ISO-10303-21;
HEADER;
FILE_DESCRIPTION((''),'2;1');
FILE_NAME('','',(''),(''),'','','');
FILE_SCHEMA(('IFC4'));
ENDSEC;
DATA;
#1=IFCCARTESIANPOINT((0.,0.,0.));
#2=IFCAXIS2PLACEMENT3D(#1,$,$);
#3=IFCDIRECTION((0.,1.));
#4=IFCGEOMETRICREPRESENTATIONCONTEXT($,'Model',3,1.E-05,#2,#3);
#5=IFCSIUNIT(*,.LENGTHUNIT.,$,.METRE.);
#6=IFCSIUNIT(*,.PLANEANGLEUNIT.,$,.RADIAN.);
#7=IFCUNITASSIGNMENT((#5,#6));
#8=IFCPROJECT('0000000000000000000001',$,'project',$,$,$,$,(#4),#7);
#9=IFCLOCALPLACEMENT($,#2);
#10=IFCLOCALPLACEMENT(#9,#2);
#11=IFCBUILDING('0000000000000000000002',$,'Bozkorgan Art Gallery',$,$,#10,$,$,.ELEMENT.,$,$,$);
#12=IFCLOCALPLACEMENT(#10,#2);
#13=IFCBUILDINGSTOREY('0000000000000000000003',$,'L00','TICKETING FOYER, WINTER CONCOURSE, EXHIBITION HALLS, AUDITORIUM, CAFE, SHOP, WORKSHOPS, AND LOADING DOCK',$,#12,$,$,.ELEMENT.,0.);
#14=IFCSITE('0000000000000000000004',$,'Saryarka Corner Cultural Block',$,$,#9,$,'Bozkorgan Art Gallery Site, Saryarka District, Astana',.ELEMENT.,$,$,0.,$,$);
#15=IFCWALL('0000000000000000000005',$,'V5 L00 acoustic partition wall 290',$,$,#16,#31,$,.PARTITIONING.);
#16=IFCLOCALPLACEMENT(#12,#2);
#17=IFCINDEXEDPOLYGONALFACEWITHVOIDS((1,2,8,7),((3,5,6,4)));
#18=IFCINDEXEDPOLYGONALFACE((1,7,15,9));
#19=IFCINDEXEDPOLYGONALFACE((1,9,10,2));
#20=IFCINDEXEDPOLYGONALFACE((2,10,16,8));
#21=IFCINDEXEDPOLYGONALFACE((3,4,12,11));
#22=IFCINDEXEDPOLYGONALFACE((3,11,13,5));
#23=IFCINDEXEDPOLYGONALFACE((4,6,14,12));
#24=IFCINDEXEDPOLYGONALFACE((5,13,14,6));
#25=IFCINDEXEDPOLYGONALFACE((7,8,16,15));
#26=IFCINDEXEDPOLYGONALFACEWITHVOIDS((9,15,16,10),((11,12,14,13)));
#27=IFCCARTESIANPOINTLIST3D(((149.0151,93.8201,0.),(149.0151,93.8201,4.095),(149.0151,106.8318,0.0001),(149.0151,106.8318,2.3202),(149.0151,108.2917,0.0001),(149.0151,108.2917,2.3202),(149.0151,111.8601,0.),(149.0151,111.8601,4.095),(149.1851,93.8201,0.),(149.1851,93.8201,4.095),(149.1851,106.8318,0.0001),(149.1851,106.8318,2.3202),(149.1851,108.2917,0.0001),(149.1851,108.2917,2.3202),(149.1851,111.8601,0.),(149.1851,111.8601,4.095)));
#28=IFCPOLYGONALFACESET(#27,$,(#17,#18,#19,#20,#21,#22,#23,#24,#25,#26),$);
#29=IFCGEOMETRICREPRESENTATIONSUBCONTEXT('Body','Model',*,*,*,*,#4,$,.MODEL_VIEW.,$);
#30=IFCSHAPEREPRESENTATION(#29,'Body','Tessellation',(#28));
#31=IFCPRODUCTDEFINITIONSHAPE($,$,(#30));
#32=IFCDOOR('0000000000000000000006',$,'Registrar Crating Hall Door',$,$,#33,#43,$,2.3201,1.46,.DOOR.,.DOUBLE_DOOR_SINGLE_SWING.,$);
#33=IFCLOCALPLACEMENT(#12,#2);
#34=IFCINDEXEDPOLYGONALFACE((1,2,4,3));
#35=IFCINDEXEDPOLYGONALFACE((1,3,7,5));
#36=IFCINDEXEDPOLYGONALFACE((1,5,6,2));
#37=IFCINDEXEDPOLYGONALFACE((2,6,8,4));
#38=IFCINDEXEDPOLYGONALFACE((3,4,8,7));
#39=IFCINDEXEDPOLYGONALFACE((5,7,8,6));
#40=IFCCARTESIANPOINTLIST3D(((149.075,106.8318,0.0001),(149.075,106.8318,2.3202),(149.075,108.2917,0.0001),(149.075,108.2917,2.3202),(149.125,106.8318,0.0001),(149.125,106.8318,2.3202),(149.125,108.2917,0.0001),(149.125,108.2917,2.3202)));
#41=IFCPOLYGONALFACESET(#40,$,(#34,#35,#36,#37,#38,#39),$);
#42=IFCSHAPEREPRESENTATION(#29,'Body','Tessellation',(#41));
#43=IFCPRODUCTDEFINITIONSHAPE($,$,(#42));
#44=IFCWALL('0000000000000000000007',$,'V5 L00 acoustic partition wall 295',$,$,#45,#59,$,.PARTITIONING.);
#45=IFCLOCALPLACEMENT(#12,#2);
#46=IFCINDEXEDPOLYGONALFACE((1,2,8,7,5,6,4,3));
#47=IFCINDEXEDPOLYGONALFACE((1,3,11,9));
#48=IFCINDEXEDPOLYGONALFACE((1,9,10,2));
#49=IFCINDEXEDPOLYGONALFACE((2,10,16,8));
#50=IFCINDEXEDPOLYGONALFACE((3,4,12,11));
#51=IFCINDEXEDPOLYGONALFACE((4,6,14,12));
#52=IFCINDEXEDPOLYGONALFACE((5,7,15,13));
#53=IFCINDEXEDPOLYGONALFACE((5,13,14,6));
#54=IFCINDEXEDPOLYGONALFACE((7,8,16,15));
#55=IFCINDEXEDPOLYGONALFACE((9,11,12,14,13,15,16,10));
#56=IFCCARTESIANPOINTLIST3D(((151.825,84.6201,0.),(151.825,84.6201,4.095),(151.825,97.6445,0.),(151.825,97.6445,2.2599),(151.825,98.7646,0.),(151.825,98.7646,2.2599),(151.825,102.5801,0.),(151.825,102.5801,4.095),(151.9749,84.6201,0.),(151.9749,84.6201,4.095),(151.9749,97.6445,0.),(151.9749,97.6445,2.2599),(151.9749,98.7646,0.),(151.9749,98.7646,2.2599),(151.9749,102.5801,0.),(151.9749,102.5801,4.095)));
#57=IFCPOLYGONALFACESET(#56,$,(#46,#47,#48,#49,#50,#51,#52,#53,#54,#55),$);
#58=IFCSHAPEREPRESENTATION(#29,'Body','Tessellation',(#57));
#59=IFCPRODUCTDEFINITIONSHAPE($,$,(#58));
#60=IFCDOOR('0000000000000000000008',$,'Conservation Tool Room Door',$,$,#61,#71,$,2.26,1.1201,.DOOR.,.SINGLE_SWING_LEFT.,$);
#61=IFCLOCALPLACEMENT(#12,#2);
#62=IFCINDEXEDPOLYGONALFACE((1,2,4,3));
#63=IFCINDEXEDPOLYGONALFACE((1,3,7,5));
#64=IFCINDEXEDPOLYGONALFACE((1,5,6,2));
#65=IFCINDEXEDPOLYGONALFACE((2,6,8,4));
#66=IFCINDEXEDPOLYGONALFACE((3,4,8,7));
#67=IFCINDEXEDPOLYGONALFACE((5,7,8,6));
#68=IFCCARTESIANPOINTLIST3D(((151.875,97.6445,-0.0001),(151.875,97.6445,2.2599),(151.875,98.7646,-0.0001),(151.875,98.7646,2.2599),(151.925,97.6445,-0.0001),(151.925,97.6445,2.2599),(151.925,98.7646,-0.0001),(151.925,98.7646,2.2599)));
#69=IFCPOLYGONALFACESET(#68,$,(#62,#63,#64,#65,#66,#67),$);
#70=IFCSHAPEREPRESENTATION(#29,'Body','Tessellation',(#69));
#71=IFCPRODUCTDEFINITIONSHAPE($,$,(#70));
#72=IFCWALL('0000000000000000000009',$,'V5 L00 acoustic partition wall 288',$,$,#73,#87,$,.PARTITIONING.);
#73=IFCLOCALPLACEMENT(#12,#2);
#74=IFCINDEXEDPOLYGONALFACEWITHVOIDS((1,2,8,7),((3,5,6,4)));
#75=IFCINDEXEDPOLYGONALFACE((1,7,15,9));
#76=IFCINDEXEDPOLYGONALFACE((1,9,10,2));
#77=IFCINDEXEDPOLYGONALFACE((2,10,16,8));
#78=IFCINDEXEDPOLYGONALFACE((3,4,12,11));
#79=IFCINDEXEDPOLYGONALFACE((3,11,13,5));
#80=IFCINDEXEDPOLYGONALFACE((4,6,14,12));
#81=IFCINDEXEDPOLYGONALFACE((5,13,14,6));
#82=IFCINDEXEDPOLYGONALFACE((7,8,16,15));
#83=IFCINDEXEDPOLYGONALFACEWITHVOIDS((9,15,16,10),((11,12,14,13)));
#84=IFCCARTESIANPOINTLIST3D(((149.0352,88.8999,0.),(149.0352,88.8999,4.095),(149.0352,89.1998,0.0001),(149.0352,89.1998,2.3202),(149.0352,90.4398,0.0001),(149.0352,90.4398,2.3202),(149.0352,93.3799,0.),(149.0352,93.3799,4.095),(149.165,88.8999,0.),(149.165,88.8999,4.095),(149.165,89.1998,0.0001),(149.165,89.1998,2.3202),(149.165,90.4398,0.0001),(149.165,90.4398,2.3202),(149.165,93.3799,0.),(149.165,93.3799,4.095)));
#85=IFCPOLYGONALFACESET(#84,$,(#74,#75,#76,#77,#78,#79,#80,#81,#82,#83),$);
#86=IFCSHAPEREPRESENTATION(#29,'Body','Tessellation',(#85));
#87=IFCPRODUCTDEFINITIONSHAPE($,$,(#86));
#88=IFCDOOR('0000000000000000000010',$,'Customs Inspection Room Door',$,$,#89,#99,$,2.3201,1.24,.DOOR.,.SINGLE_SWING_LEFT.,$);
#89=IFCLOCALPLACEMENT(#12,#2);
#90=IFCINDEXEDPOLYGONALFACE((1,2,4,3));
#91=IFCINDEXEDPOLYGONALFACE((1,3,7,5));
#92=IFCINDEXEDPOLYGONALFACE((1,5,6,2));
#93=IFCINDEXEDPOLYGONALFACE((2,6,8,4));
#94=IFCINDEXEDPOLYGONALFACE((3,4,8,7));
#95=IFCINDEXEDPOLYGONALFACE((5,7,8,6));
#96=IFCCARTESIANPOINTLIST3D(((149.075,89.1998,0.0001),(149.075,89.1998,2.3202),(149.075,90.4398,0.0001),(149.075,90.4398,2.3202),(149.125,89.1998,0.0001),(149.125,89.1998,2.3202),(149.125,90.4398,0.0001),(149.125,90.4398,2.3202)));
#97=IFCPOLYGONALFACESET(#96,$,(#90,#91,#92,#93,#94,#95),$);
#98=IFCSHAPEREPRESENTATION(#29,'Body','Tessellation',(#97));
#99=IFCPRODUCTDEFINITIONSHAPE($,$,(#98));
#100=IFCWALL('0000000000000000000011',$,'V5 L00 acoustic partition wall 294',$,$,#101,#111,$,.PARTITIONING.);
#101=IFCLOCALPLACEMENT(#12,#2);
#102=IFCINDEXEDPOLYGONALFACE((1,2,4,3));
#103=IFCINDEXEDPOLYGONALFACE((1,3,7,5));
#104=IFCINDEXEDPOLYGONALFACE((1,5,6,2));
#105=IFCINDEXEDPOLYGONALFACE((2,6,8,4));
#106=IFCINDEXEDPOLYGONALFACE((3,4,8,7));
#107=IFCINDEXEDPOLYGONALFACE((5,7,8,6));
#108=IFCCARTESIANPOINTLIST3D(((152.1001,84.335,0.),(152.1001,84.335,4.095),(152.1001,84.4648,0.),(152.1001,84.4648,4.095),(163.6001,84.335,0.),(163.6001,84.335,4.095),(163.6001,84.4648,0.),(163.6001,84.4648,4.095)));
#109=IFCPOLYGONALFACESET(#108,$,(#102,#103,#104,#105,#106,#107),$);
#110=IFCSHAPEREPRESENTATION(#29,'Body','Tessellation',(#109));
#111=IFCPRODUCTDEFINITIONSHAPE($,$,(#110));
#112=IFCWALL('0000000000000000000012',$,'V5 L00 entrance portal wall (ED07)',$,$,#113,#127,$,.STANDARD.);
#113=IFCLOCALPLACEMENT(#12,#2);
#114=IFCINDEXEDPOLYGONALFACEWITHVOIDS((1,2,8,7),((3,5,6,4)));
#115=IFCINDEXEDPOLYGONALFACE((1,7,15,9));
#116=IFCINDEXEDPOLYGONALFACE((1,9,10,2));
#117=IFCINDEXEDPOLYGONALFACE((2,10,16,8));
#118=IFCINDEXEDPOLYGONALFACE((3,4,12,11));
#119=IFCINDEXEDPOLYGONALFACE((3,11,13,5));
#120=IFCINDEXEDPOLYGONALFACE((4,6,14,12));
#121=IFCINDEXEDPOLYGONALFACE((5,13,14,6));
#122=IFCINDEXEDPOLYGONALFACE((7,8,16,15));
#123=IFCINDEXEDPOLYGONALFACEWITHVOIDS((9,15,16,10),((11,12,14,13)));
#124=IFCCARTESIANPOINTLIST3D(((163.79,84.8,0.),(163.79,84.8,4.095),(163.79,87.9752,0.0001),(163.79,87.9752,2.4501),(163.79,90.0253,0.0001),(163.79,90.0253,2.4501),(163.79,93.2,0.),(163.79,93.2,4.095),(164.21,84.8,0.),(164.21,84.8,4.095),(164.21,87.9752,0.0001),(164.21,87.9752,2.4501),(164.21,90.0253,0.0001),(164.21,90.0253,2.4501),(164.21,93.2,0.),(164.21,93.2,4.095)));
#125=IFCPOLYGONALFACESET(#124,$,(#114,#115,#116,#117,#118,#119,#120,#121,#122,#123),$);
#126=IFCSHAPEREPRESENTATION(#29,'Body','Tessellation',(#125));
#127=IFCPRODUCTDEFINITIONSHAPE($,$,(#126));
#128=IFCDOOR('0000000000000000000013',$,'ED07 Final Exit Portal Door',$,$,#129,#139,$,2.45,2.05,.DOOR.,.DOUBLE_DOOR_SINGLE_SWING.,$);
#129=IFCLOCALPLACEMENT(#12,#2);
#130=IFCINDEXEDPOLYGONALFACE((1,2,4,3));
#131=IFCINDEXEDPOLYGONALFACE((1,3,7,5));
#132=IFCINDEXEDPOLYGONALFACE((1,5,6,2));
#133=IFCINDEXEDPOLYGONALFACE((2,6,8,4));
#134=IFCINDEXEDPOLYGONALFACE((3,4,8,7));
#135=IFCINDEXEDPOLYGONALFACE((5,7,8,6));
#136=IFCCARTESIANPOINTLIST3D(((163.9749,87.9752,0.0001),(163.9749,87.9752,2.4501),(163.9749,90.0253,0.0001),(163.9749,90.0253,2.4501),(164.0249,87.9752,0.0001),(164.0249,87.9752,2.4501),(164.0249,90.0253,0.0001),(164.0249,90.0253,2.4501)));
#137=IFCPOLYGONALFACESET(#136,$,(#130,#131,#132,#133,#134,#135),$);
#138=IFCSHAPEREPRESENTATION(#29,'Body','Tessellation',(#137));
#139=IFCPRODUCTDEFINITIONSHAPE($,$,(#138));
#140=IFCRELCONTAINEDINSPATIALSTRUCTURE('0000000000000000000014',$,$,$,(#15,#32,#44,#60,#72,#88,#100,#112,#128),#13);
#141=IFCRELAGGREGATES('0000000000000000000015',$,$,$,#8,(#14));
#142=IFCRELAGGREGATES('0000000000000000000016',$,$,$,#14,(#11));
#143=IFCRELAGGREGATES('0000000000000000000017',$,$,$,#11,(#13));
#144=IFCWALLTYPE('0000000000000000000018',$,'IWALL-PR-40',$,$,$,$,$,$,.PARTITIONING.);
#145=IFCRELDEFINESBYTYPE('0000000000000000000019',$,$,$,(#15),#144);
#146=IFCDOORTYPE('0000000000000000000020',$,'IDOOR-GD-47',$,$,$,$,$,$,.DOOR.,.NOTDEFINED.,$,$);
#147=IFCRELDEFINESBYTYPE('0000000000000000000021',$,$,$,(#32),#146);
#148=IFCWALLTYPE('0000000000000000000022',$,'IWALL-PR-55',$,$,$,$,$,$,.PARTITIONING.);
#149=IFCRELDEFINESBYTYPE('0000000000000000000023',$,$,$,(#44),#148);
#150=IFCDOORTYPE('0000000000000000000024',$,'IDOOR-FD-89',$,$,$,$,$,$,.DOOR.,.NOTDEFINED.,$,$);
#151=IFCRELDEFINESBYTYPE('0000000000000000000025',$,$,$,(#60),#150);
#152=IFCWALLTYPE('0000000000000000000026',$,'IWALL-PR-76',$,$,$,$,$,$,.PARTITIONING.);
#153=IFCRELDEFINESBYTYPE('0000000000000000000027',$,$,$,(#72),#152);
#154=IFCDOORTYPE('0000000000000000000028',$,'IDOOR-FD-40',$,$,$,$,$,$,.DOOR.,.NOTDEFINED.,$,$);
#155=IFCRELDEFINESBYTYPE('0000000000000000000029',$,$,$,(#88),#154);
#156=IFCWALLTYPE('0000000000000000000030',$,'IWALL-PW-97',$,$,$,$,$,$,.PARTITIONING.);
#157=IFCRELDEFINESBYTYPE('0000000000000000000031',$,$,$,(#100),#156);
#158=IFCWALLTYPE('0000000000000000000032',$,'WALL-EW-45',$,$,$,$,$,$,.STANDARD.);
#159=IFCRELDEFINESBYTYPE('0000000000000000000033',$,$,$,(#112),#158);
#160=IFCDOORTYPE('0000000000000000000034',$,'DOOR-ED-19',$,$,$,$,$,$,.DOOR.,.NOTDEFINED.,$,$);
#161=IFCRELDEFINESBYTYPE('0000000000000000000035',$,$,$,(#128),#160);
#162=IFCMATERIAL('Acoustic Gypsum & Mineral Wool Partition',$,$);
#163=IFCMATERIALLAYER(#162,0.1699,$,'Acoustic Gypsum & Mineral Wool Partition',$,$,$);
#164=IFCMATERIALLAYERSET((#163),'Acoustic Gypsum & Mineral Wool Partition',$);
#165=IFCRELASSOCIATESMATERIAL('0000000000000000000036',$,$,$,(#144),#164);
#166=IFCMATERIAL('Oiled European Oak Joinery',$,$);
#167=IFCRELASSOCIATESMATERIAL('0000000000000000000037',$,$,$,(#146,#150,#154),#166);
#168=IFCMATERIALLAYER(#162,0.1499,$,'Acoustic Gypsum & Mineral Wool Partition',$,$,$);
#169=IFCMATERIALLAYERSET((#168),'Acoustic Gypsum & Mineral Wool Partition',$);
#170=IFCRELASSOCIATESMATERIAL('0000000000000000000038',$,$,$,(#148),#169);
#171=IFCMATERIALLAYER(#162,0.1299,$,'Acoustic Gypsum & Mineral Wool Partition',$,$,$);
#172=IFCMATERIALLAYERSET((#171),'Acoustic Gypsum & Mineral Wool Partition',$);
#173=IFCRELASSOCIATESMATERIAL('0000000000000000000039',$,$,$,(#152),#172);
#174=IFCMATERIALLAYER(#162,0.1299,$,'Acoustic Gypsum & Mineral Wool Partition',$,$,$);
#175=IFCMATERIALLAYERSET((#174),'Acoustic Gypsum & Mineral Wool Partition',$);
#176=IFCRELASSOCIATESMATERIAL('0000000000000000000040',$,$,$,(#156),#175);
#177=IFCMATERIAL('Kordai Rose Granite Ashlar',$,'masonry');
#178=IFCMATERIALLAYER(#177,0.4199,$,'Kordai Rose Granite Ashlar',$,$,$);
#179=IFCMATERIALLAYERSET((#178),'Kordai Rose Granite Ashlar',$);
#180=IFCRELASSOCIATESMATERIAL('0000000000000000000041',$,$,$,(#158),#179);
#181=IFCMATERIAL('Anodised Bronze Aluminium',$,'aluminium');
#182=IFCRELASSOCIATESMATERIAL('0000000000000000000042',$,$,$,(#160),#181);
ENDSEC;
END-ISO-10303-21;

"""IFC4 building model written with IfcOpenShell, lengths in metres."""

from ifc_helpers import new_model, si_unit, direction, frame, frame_2d, origin, place, context, subcontext, project, spatial, rectangle, extrude, material, layer, layer_set, type_object, element, fill, save


model = new_model("IFC4")

# Units and contexts
model_context = context("Model", 3, precision=1e-05, world=origin(), true_north=direction((0.0, 1.0)))
body_context = subcontext(model_context, "Body", "Model", "MODEL_VIEW")
ifc_project = project(units=[si_unit("LENGTHUNIT", "METRE"), si_unit("PLANEANGLEUNIT", "RADIAN")], contexts=[model_context])

# Site, building, storey
site_placement = place(None, origin())
site = spatial("IfcSite", under=ifc_project, at=site_placement, Name="Saryarka Corner Cultural Block", LongName="Bozkorgan Art Gallery Site, Saryarka District, Astana", CompositionType="ELEMENT", RefElevation=0.0)
building_placement = place(site_placement, origin())
building = spatial("IfcBuilding", under=site, at=building_placement, Name="Bozkorgan Art Gallery", CompositionType="ELEMENT")
storey_placement = place(building_placement, origin())
storey = spatial("IfcBuildingStorey", under=building, at=storey_placement, Name="L00", Description="TICKETING FOYER, WINTER CONCOURSE, EXHIBITION HALLS, AUDITORIUM, CAFE, SHOP, WORKSHOPS, AND LOADING DOCK", CompositionType="ELEMENT", Elevation=0.0)

# Walls, openings, doors
ifc_material_1 = material(Name="Acoustic Gypsum & Mineral Wool Partition")
ifc_layer_1 = layer(ifc_material_1, 0.1699, Name="Acoustic Gypsum & Mineral Wool Partition")
ifc_layer_set_1 = layer_set([ifc_layer_1], Name="Acoustic Gypsum & Mineral Wool Partition")
wall_type_1 = type_object("IfcWallType", Name="IWALL-PR-40", PredefinedType="PARTITIONING", material=ifc_layer_set_1)
wall_1_placement = place(storey_placement, frame((149.1001, 93.8201, 0.0), z_axis=(0.0, 0.0, 1.0), x_axis=(0.0, 1.0, 0.0)))
wall_1 = element("IfcWall", 1, at=wall_1_placement, inside=storey, type_object=wall_type_1, Name="V5 L00 acoustic partition wall 290", PredefinedType="PARTITIONING", context=body_context, shape_type="SweptSolid", body=[
    extrude(rectangle(XDim=18.04, YDim=0.1699, at=frame_2d((9.02, 0.0))), origin(), (0.0, 0.0, 1.0), 4.095),
])
opening_1_placement = place(wall_1_placement, frame((14.4717, 0.0, 0.0), z_axis=(0.0, 0.0, 1.0), x_axis=(-1.0, 0.0, 0.0)))
opening_1 = element("IfcOpeningElement", 2, at=opening_1_placement, cuts=wall_1, PredefinedType="OPENING", context=body_context, shape_type="SweptSolid", body=[
    extrude(rectangle(XDim=1.46, YDim=2.3201, at=frame_2d((0.73, 1.1602))), frame((0.0, 0.095, 0.0), z_axis=(0.0, -1.0, 0.0), x_axis=(1.0, 0.0, 0.0)), (0.0, 0.0, 1.0), 0.1899),
])
ifc_material_2 = material(Name="Oiled European Oak Joinery")
door_type_1 = type_object("IfcDoorType", Name="IDOOR-GD-47", OperationType="NOTDEFINED", PredefinedType="DOOR", material=ifc_material_2)
door_1_placement = place(opening_1_placement, origin())
door_1 = element("IfcDoor", 3, at=door_1_placement, inside=storey, type_object=door_type_1, Name="Registrar Crating Hall Door", OperationType="DOUBLE_DOOR_SINGLE_SWING", OverallHeight=2.3201, OverallWidth=1.46, PredefinedType="DOOR", context=body_context, shape_type="SweptSolid", body=[
    extrude(rectangle(XDim=1.46, YDim=2.3201, at=frame_2d((0.73, 1.1602))), frame((0.0, 0.0249, 0.0), z_axis=(0.0, -1.0, 0.0), x_axis=(1.0, 0.0, 0.0)), (0.0, 0.0, 1.0), 0.05),
])
fill(opening_1, door_1)
ifc_layer_2 = layer(ifc_material_1, 0.1499, Name="Acoustic Gypsum & Mineral Wool Partition")
ifc_layer_set_2 = layer_set([ifc_layer_2], Name="Acoustic Gypsum & Mineral Wool Partition")
wall_type_2 = type_object("IfcWallType", Name="IWALL-PR-55", PredefinedType="PARTITIONING", material=ifc_layer_set_2)
wall_2_placement = place(storey_placement, frame((151.8999, 84.6201, 0.0), z_axis=(0.0, 0.0, 1.0), x_axis=(0.0, 1.0, 0.0)))
wall_2 = element("IfcWall", 4, at=wall_2_placement, inside=storey, type_object=wall_type_2, Name="V5 L00 acoustic partition wall 295", PredefinedType="PARTITIONING", context=body_context, shape_type="SweptSolid", body=[
    extrude(rectangle(XDim=17.96, YDim=0.1499, at=frame_2d((8.98, 0.0))), origin(), (0.0, 0.0, 1.0), 4.095),
])
opening_2_placement = place(wall_2_placement, frame((13.0244, 0.0, 0.0)))
opening_2 = element("IfcOpeningElement", 5, at=opening_2_placement, cuts=wall_2, PredefinedType="OPENING", context=body_context, shape_type="SweptSolid", body=[
    extrude(rectangle(XDim=1.1201, YDim=2.26, at=frame_2d((0.5601, 1.1299))), frame((0.0, 0.085, 0.0), z_axis=(0.0, -1.0, 0.0), x_axis=(1.0, 0.0, 0.0)), (0.0, 0.0, 1.0), 0.1699),
])
door_type_2 = type_object("IfcDoorType", Name="IDOOR-FD-89", OperationType="NOTDEFINED", PredefinedType="DOOR", material=ifc_material_2)
door_2_placement = place(opening_2_placement, origin())
door_2 = element("IfcDoor", 6, at=door_2_placement, inside=storey, type_object=door_type_2, Name="Conservation Tool Room Door", OperationType="SINGLE_SWING_LEFT", OverallHeight=2.26, OverallWidth=1.1201, PredefinedType="DOOR", context=body_context, shape_type="SweptSolid", body=[
    extrude(rectangle(XDim=1.1201, YDim=2.26, at=frame_2d((0.5601, 1.1299))), frame((0.0, 0.0249, 0.0), z_axis=(0.0, -1.0, 0.0), x_axis=(1.0, 0.0, 0.0)), (0.0, 0.0, 1.0), 0.05),
])
fill(opening_2, door_2)
ifc_layer_3 = layer(ifc_material_1, 0.1299, Name="Acoustic Gypsum & Mineral Wool Partition")
ifc_layer_set_3 = layer_set([ifc_layer_3], Name="Acoustic Gypsum & Mineral Wool Partition")
wall_type_3 = type_object("IfcWallType", Name="IWALL-PR-76", PredefinedType="PARTITIONING", material=ifc_layer_set_3)
wall_3_placement = place(storey_placement, frame((149.1001, 88.8999, 0.0), z_axis=(0.0, 0.0, 1.0), x_axis=(0.0, 1.0, 0.0)))
wall_3 = element("IfcWall", 7, at=wall_3_placement, inside=storey, type_object=wall_type_3, Name="V5 L00 acoustic partition wall 288", PredefinedType="PARTITIONING", context=body_context, shape_type="SweptSolid", body=[
    extrude(rectangle(XDim=4.48, YDim=0.1299, at=frame_2d((2.24, 0.0))), origin(), (0.0, 0.0, 1.0), 4.095),
])
opening_3_placement = place(wall_3_placement, frame((1.54, 0.0, 0.0), z_axis=(0.0, 0.0, 1.0), x_axis=(-1.0, 0.0, 0.0)))
opening_3 = element("IfcOpeningElement", 8, at=opening_3_placement, cuts=wall_3, PredefinedType="OPENING", context=body_context, shape_type="SweptSolid", body=[
    extrude(rectangle(XDim=1.24, YDim=2.3201, at=frame_2d((0.6201, 1.1602))), frame((0.0, 0.075, 0.0), z_axis=(0.0, -1.0, 0.0), x_axis=(1.0, 0.0, 0.0)), (0.0, 0.0, 1.0), 0.1499),
])
door_type_3 = type_object("IfcDoorType", Name="IDOOR-FD-40", OperationType="NOTDEFINED", PredefinedType="DOOR", material=ifc_material_2)
door_3_placement = place(opening_3_placement, origin())
door_3 = element("IfcDoor", 9, at=door_3_placement, inside=storey, type_object=door_type_3, Name="Customs Inspection Room Door", OperationType="SINGLE_SWING_LEFT", OverallHeight=2.3201, OverallWidth=1.24, PredefinedType="DOOR", context=body_context, shape_type="SweptSolid", body=[
    extrude(rectangle(XDim=1.24, YDim=2.3201, at=frame_2d((0.6201, 1.1602))), frame((0.0, 0.0249, 0.0), z_axis=(0.0, -1.0, 0.0), x_axis=(1.0, 0.0, 0.0)), (0.0, 0.0, 1.0), 0.05),
])
fill(opening_3, door_3)

# Wall
ifc_layer_4 = layer(ifc_material_1, 0.1299, Name="Acoustic Gypsum & Mineral Wool Partition")
ifc_layer_set_4 = layer_set([ifc_layer_4], Name="Acoustic Gypsum & Mineral Wool Partition")
wall_type_4 = type_object("IfcWallType", Name="IWALL-PW-97", PredefinedType="PARTITIONING", material=ifc_layer_set_4)
wall_4_placement = place(storey_placement, frame((152.1001, 84.3999, 0.0), z_axis=(0.0, 0.0, 1.0), x_axis=(1.0, 0.0, 0.0)))
element("IfcWall", 10, at=wall_4_placement, inside=storey, type_object=wall_type_4, Name="V5 L00 acoustic partition wall 294", PredefinedType="PARTITIONING", context=body_context, shape_type="SweptSolid", body=[
    extrude(rectangle(XDim=11.5, YDim=0.1299, at=frame_2d((5.75, 0.0))), origin(), (0.0, 0.0, 1.0), 4.095),
])

# Wall, opening, door
ifc_material_3 = material(Name="Kordai Rose Granite Ashlar", Category="masonry")
ifc_layer_5 = layer(ifc_material_3, 0.4199, Name="Kordai Rose Granite Ashlar")
ifc_layer_set_5 = layer_set([ifc_layer_5], Name="Kordai Rose Granite Ashlar")
wall_type_5 = type_object("IfcWallType", Name="WALL-EW-45", PredefinedType="STANDARD", material=ifc_layer_set_5)
wall_5_placement = place(storey_placement, frame((164.0, 84.8, 0.0), z_axis=(0.0, 0.0, 1.0), x_axis=(0.0, 1.0, 0.0)))
wall_5 = element("IfcWall", 11, at=wall_5_placement, inside=storey, type_object=wall_type_5, Name="V5 L00 entrance portal wall (ED07)", PredefinedType="STANDARD", context=body_context, shape_type="SweptSolid", body=[
    extrude(rectangle(XDim=8.3999, YDim=0.4199, at=frame_2d((4.2, 0.0))), origin(), (0.0, 0.0, 1.0), 4.095),
])
opening_4_placement = place(wall_5_placement, frame((5.2251, 0.0, 0.0), z_axis=(0.0, 0.0, 1.0), x_axis=(-1.0, 0.0, 0.0)))
opening_4 = element("IfcOpeningElement", 12, at=opening_4_placement, cuts=wall_5, PredefinedType="OPENING", context=body_context, shape_type="SweptSolid", body=[
    extrude(rectangle(XDim=2.05, YDim=2.45, at=frame_2d((1.0249, 1.2251))), frame((0.0, 0.22, 0.0), z_axis=(0.0, -1.0, 0.0), x_axis=(1.0, 0.0, 0.0)), (0.0, 0.0, 1.0), 0.4399),
])
ifc_material_4 = material(Name="Anodised Bronze Aluminium", Category="aluminium")
door_type_4 = type_object("IfcDoorType", Name="DOOR-ED-19", OperationType="NOTDEFINED", PredefinedType="DOOR", material=ifc_material_4)
door_4_placement = place(opening_4_placement, origin())
door_4 = element("IfcDoor", 13, at=door_4_placement, inside=storey, type_object=door_type_4, Name="ED07 Final Exit Portal Door", OperationType="DOUBLE_DOOR_SINGLE_SWING", OverallHeight=2.45, OverallWidth=2.05, PredefinedType="DOOR", context=body_context, shape_type="SweptSolid", body=[
    extrude(rectangle(XDim=2.05, YDim=2.45, at=frame_2d((1.0249, 1.2251))), frame((0.0, 0.0249, 0.0), z_axis=(0.0, -1.0, 0.0), x_axis=(1.0, 0.0, 0.0)), (0.0, 0.0, 1.0), 0.05),
])
fill(opening_4, door_4)

save(model, "model.ifc")
